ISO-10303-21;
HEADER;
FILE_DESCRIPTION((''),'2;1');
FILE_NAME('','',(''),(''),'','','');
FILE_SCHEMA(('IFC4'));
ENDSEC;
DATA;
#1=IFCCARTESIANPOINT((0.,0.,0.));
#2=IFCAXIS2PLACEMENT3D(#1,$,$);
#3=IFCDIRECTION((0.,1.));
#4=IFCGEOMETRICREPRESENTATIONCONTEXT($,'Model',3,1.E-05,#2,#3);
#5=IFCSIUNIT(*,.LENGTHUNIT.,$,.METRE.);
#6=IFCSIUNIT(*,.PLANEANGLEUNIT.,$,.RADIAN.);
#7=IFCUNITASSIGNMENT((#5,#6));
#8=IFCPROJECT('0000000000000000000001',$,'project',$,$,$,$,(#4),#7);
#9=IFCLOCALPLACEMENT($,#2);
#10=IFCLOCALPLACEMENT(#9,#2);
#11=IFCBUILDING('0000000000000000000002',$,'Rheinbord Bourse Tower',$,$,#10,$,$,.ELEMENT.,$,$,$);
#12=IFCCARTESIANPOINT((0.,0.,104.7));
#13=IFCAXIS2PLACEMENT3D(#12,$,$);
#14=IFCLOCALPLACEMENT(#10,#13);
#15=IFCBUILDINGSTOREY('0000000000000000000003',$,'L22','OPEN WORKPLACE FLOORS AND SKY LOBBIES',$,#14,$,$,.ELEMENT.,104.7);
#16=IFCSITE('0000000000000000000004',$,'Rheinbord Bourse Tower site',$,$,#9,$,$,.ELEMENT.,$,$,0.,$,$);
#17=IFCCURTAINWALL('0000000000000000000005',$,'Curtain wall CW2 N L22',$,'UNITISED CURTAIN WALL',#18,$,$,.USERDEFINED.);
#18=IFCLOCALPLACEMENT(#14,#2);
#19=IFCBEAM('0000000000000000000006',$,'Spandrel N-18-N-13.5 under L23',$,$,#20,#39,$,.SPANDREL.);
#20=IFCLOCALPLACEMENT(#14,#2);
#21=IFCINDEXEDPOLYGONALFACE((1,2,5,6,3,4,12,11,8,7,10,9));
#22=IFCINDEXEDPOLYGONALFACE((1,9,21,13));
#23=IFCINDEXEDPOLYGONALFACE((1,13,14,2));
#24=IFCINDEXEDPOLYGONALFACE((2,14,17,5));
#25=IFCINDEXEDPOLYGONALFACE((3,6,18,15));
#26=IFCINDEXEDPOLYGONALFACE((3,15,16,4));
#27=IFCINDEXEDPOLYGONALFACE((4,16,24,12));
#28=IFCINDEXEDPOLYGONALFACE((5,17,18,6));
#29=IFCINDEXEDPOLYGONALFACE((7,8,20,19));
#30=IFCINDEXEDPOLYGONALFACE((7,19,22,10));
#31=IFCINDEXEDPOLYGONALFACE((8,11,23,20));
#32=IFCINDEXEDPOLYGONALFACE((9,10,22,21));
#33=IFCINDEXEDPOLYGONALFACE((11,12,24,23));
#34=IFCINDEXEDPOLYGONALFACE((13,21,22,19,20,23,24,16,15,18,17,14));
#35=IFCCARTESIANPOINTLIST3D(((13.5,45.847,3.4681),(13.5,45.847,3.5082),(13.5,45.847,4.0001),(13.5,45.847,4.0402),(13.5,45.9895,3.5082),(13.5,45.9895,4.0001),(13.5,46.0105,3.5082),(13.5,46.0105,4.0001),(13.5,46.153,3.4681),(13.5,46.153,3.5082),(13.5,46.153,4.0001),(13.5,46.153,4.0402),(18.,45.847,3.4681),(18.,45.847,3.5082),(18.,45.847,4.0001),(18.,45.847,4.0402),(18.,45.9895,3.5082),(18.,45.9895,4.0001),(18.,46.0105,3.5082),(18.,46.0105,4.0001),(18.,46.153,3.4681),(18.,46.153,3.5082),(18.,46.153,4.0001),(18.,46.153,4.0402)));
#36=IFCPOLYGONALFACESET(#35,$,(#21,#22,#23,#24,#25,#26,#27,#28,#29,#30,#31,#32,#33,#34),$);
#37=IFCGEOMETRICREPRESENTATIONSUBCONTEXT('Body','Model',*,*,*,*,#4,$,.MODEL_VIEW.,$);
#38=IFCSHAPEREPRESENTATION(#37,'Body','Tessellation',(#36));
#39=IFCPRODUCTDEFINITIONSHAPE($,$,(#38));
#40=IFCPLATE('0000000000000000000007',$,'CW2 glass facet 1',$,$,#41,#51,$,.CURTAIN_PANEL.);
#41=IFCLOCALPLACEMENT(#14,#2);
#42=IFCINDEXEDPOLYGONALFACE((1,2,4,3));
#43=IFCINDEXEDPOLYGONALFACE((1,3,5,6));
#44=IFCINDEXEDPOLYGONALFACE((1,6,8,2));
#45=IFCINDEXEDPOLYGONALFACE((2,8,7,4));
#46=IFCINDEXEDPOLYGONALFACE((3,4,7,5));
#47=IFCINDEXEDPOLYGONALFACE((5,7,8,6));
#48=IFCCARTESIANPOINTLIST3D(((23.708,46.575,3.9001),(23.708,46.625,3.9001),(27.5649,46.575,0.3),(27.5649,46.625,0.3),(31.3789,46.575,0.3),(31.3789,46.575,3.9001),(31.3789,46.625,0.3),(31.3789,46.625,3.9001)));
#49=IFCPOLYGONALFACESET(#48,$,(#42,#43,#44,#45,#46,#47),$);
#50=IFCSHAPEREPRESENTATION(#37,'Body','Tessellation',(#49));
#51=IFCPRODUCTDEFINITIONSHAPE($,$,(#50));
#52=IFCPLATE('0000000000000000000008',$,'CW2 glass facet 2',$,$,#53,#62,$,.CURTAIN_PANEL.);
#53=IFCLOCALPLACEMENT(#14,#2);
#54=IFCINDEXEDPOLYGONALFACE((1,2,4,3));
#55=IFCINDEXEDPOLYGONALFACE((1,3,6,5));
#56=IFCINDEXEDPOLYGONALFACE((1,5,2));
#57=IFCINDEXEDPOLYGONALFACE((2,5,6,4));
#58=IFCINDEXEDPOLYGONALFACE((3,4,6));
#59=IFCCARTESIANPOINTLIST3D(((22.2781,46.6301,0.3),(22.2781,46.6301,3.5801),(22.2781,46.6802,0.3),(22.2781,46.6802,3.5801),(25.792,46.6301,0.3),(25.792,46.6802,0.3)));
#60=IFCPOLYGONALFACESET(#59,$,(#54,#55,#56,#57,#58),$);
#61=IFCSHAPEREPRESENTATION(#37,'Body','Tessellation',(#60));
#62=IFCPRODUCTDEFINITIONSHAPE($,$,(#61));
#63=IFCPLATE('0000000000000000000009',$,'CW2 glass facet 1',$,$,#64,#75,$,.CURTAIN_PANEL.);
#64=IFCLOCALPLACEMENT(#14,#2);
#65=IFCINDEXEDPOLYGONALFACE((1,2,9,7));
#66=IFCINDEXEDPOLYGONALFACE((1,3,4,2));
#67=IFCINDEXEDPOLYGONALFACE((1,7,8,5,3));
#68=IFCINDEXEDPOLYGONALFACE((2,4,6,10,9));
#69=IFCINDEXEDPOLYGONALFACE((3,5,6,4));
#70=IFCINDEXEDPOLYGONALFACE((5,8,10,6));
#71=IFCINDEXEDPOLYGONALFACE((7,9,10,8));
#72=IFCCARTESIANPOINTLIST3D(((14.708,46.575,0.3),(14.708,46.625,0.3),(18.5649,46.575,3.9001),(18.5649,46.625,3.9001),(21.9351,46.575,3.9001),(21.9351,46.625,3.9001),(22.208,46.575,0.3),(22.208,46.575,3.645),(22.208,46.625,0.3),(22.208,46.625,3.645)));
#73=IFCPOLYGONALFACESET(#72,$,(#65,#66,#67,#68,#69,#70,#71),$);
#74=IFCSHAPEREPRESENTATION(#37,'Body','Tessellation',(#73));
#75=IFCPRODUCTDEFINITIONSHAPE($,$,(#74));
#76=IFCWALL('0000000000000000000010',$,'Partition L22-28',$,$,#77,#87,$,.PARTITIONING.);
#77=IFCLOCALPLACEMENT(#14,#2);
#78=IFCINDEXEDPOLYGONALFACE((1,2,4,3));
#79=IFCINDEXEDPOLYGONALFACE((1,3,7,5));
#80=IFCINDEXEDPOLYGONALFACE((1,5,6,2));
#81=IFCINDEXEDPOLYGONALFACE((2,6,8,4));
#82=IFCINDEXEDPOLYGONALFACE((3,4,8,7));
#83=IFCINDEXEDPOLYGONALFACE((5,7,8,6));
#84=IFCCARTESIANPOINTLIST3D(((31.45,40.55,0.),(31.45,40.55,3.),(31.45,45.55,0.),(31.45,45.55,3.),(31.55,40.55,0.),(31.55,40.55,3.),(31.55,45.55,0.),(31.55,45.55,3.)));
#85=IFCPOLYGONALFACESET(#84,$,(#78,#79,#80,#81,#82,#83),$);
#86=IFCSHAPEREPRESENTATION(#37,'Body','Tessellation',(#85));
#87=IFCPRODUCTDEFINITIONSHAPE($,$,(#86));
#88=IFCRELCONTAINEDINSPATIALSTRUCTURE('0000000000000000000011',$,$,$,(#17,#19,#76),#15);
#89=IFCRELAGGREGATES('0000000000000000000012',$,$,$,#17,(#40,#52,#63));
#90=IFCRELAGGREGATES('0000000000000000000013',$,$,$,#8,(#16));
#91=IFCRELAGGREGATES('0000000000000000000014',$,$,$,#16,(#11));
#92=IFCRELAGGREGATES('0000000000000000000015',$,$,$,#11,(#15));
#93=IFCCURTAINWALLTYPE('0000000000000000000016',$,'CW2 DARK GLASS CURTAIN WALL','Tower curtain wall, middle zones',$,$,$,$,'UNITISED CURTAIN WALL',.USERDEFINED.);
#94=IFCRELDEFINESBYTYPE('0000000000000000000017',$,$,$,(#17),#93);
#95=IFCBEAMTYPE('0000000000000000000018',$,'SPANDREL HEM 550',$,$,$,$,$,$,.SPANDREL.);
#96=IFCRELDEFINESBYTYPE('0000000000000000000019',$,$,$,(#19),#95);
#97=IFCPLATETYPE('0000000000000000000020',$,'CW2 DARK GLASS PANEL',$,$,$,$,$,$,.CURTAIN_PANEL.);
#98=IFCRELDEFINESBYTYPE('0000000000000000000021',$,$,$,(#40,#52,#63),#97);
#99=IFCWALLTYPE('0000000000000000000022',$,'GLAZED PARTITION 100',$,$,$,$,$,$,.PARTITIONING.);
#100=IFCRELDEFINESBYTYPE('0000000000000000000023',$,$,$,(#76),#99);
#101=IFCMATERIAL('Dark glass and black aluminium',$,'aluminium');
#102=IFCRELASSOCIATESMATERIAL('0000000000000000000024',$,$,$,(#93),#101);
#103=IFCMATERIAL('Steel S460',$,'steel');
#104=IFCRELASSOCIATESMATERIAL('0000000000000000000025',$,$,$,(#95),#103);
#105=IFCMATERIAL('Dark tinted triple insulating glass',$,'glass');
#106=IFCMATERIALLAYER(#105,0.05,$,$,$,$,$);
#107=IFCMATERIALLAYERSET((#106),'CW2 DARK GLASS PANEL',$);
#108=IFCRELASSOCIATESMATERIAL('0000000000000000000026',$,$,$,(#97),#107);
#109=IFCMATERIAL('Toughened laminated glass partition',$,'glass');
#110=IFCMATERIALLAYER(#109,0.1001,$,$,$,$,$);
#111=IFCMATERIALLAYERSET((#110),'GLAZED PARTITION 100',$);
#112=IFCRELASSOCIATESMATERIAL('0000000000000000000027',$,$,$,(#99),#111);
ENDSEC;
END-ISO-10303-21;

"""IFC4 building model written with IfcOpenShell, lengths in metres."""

from ifc_helpers import new_model, si_unit, direction, frame, frame_2d, origin, origin_2d, place, context, subcontext, project, spatial, polyline, rectangle, i_section, outline, extrude, material, layer, layer_set, material_profile, profile_set, type_object, element, aggregate, save


model = new_model("IFC4")

# Units and contexts
model_context = context("Model", 3, precision=1e-05, world=origin(), true_north=direction((0.0, 1.0)))
body_context = subcontext(model_context, "Body", "Model", "MODEL_VIEW")
ifc_project = project(units=[si_unit("LENGTHUNIT", "METRE"), si_unit("PLANEANGLEUNIT", "RADIAN")], contexts=[model_context])

# Site, building, storey
site_placement = place(None, origin())
site = spatial("IfcSite", under=ifc_project, at=site_placement, Name="Rheinbord Bourse Tower site", CompositionType="ELEMENT", RefElevation=0.0)
building_placement = place(site_placement, origin())
building = spatial("IfcBuilding", under=site, at=building_placement, Name="Rheinbord Bourse Tower", CompositionType="ELEMENT")
storey_placement = place(building_placement, frame((0.0, 0.0, 104.7)))
storey = spatial("IfcBuildingStorey", under=building, at=storey_placement, Name="L22", Description="OPEN WORKPLACE FLOORS AND SKY LOBBIES", CompositionType="ELEMENT", Elevation=104.7)

# Curtain wall
ifc_material_1 = material(Name="Dark glass and black aluminium", Category="aluminium")
curtain_wall_type = type_object("IfcCurtainWallType", Name="CW2 DARK GLASS CURTAIN WALL", Description="Tower curtain wall, middle zones", ElementType="UNITISED CURTAIN WALL", PredefinedType="USERDEFINED", material=ifc_material_1)
curtain_wall_placement = place(storey_placement, origin())
curtain_wall = element("IfcCurtainWall", 1, at=curtain_wall_placement, inside=storey, type_object=curtain_wall_type, Name="Curtain wall CW2 N L22", ObjectType="UNITISED CURTAIN WALL", PredefinedType="USERDEFINED")

# Beam
ifc_material_2 = material(Name="Steel S460", Category="steel")
ifc_material_profile_1 = material_profile(ifc_material_2, i_section(OverallWidth=0.3059, OverallDepth=0.572, WebThickness=0.021, FlangeThickness=0.04, at=origin_2d()), Name="HEM 550")
ifc_profile_set_1 = profile_set([ifc_material_profile_1], Name="Steel S460")
beam_type_1 = type_object("IfcBeamType", Name="SPANDREL HEM 550", PredefinedType="SPANDREL", material=ifc_profile_set_1)
for number, where, z_axis, x_axis, name in (
    (2, (18.0, 46.0, 3.7542), (-1.0, 0.0, 0.0), (0.0, -1.0, 0.0), "Spandrel N-18-N-13.5 under L23"),
):
    element("IfcBeam", number, at=place(storey_placement, frame(where, z_axis=z_axis, x_axis=x_axis)), inside=storey, type_object=beam_type_1, Name=name, PredefinedType="SPANDREL", context=body_context, shape_type="SweptSolid", body=[
        extrude(i_section(OverallWidth=0.3059, OverallDepth=0.572, WebThickness=0.021, FlangeThickness=0.04, at=origin_2d()), origin(), (0.0, 0.0, 1.0), 4.5),
    ])

# Plates
ifc_material_3 = material(Name="Dark tinted triple insulating glass", Category="glass")
ifc_layer_1 = layer(ifc_material_3, 0.05)
ifc_layer_set_1 = layer_set([ifc_layer_1], Name="CW2 DARK GLASS PANEL")
plate_type = type_object("IfcPlateType", Name="CW2 DARK GLASS PANEL", PredefinedType="CURTAIN_PANEL", material=ifc_layer_set_1)
plate_1_placement = place(storey_placement, frame((31.3789, 46.625, 0.3), z_axis=(0.0, -1.0, 0.0), x_axis=(0.0, 0.0, 1.0)))
plate_1 = element("IfcPlate", 3, at=plate_1_placement, type_object=plate_type, Name="CW2 glass facet 1", PredefinedType="CURTAIN_PANEL", context=body_context, shape_type="SweptSolid", body=[
    extrude(outline(polyline([(0.0, 0.0), (3.6001, 0.0), (3.6001, 7.6709), (0.0, 3.814), (0.0, 0.0)])), origin(), (0.0, 0.0, 1.0), 0.05),
])
plate_2_placement = place(storey_placement, frame((22.2781, 46.6802, 0.3), z_axis=(0.0, -1.0, 0.0), x_axis=(1.0, 0.0, 0.0)))
plate_2 = element("IfcPlate", 4, at=plate_2_placement, type_object=plate_type, Name="CW2 glass facet 2", PredefinedType="CURTAIN_PANEL", context=body_context, shape_type="SweptSolid", body=[
    extrude(outline(polyline([(0.0, 0.0), (3.5139, 0.0), (0.0, 3.28), (0.0, 0.0)])), origin(), (0.0, 0.0, 1.0), 0.05),
])
plate_3_placement = place(storey_placement, frame((22.208, 46.625, 0.3), z_axis=(0.0, -1.0, 0.0), x_axis=(0.0, 0.0, 1.0)))
plate_3 = element("IfcPlate", 5, at=plate_3_placement, type_object=plate_type, Name="CW2 glass facet 1", PredefinedType="CURTAIN_PANEL", context=body_context, shape_type="SweptSolid", body=[
    extrude(outline(polyline([(0.0, 0.0), (3.345, 0.0), (3.6001, 0.2729), (3.6001, 3.6431), (0.0, 7.5), (0.0, 0.0)])), origin(), (0.0, 0.0, 1.0), 0.05),
])
aggregate(curtain_wall, [plate_1, plate_2, plate_3])

# Wall
ifc_material_4 = material(Name="Toughened laminated glass partition", Category="glass")
ifc_layer_2 = layer(ifc_material_4, 0.1001)
ifc_layer_set_2 = layer_set([ifc_layer_2], Name="GLAZED PARTITION 100")
wall_type = type_object("IfcWallType", Name="GLAZED PARTITION 100", PredefinedType="PARTITIONING", material=ifc_layer_set_2)
wall_placement = place(storey_placement, frame((31.5, 40.55, 0.0), z_axis=(0.0, 0.0, 1.0), x_axis=(0.0, 1.0, 0.0)))
element("IfcWall", 6, at=wall_placement, inside=storey, type_object=wall_type, Name="Partition L22-28", PredefinedType="PARTITIONING", context=body_context, shape_type="SweptSolid", body=[
    extrude(rectangle(XDim=5.0, YDim=0.1001, at=frame_2d((2.5, 0.0))), origin(), (0.0, 0.0, 1.0), 3.0),
])

save(model, "model.ifc")
